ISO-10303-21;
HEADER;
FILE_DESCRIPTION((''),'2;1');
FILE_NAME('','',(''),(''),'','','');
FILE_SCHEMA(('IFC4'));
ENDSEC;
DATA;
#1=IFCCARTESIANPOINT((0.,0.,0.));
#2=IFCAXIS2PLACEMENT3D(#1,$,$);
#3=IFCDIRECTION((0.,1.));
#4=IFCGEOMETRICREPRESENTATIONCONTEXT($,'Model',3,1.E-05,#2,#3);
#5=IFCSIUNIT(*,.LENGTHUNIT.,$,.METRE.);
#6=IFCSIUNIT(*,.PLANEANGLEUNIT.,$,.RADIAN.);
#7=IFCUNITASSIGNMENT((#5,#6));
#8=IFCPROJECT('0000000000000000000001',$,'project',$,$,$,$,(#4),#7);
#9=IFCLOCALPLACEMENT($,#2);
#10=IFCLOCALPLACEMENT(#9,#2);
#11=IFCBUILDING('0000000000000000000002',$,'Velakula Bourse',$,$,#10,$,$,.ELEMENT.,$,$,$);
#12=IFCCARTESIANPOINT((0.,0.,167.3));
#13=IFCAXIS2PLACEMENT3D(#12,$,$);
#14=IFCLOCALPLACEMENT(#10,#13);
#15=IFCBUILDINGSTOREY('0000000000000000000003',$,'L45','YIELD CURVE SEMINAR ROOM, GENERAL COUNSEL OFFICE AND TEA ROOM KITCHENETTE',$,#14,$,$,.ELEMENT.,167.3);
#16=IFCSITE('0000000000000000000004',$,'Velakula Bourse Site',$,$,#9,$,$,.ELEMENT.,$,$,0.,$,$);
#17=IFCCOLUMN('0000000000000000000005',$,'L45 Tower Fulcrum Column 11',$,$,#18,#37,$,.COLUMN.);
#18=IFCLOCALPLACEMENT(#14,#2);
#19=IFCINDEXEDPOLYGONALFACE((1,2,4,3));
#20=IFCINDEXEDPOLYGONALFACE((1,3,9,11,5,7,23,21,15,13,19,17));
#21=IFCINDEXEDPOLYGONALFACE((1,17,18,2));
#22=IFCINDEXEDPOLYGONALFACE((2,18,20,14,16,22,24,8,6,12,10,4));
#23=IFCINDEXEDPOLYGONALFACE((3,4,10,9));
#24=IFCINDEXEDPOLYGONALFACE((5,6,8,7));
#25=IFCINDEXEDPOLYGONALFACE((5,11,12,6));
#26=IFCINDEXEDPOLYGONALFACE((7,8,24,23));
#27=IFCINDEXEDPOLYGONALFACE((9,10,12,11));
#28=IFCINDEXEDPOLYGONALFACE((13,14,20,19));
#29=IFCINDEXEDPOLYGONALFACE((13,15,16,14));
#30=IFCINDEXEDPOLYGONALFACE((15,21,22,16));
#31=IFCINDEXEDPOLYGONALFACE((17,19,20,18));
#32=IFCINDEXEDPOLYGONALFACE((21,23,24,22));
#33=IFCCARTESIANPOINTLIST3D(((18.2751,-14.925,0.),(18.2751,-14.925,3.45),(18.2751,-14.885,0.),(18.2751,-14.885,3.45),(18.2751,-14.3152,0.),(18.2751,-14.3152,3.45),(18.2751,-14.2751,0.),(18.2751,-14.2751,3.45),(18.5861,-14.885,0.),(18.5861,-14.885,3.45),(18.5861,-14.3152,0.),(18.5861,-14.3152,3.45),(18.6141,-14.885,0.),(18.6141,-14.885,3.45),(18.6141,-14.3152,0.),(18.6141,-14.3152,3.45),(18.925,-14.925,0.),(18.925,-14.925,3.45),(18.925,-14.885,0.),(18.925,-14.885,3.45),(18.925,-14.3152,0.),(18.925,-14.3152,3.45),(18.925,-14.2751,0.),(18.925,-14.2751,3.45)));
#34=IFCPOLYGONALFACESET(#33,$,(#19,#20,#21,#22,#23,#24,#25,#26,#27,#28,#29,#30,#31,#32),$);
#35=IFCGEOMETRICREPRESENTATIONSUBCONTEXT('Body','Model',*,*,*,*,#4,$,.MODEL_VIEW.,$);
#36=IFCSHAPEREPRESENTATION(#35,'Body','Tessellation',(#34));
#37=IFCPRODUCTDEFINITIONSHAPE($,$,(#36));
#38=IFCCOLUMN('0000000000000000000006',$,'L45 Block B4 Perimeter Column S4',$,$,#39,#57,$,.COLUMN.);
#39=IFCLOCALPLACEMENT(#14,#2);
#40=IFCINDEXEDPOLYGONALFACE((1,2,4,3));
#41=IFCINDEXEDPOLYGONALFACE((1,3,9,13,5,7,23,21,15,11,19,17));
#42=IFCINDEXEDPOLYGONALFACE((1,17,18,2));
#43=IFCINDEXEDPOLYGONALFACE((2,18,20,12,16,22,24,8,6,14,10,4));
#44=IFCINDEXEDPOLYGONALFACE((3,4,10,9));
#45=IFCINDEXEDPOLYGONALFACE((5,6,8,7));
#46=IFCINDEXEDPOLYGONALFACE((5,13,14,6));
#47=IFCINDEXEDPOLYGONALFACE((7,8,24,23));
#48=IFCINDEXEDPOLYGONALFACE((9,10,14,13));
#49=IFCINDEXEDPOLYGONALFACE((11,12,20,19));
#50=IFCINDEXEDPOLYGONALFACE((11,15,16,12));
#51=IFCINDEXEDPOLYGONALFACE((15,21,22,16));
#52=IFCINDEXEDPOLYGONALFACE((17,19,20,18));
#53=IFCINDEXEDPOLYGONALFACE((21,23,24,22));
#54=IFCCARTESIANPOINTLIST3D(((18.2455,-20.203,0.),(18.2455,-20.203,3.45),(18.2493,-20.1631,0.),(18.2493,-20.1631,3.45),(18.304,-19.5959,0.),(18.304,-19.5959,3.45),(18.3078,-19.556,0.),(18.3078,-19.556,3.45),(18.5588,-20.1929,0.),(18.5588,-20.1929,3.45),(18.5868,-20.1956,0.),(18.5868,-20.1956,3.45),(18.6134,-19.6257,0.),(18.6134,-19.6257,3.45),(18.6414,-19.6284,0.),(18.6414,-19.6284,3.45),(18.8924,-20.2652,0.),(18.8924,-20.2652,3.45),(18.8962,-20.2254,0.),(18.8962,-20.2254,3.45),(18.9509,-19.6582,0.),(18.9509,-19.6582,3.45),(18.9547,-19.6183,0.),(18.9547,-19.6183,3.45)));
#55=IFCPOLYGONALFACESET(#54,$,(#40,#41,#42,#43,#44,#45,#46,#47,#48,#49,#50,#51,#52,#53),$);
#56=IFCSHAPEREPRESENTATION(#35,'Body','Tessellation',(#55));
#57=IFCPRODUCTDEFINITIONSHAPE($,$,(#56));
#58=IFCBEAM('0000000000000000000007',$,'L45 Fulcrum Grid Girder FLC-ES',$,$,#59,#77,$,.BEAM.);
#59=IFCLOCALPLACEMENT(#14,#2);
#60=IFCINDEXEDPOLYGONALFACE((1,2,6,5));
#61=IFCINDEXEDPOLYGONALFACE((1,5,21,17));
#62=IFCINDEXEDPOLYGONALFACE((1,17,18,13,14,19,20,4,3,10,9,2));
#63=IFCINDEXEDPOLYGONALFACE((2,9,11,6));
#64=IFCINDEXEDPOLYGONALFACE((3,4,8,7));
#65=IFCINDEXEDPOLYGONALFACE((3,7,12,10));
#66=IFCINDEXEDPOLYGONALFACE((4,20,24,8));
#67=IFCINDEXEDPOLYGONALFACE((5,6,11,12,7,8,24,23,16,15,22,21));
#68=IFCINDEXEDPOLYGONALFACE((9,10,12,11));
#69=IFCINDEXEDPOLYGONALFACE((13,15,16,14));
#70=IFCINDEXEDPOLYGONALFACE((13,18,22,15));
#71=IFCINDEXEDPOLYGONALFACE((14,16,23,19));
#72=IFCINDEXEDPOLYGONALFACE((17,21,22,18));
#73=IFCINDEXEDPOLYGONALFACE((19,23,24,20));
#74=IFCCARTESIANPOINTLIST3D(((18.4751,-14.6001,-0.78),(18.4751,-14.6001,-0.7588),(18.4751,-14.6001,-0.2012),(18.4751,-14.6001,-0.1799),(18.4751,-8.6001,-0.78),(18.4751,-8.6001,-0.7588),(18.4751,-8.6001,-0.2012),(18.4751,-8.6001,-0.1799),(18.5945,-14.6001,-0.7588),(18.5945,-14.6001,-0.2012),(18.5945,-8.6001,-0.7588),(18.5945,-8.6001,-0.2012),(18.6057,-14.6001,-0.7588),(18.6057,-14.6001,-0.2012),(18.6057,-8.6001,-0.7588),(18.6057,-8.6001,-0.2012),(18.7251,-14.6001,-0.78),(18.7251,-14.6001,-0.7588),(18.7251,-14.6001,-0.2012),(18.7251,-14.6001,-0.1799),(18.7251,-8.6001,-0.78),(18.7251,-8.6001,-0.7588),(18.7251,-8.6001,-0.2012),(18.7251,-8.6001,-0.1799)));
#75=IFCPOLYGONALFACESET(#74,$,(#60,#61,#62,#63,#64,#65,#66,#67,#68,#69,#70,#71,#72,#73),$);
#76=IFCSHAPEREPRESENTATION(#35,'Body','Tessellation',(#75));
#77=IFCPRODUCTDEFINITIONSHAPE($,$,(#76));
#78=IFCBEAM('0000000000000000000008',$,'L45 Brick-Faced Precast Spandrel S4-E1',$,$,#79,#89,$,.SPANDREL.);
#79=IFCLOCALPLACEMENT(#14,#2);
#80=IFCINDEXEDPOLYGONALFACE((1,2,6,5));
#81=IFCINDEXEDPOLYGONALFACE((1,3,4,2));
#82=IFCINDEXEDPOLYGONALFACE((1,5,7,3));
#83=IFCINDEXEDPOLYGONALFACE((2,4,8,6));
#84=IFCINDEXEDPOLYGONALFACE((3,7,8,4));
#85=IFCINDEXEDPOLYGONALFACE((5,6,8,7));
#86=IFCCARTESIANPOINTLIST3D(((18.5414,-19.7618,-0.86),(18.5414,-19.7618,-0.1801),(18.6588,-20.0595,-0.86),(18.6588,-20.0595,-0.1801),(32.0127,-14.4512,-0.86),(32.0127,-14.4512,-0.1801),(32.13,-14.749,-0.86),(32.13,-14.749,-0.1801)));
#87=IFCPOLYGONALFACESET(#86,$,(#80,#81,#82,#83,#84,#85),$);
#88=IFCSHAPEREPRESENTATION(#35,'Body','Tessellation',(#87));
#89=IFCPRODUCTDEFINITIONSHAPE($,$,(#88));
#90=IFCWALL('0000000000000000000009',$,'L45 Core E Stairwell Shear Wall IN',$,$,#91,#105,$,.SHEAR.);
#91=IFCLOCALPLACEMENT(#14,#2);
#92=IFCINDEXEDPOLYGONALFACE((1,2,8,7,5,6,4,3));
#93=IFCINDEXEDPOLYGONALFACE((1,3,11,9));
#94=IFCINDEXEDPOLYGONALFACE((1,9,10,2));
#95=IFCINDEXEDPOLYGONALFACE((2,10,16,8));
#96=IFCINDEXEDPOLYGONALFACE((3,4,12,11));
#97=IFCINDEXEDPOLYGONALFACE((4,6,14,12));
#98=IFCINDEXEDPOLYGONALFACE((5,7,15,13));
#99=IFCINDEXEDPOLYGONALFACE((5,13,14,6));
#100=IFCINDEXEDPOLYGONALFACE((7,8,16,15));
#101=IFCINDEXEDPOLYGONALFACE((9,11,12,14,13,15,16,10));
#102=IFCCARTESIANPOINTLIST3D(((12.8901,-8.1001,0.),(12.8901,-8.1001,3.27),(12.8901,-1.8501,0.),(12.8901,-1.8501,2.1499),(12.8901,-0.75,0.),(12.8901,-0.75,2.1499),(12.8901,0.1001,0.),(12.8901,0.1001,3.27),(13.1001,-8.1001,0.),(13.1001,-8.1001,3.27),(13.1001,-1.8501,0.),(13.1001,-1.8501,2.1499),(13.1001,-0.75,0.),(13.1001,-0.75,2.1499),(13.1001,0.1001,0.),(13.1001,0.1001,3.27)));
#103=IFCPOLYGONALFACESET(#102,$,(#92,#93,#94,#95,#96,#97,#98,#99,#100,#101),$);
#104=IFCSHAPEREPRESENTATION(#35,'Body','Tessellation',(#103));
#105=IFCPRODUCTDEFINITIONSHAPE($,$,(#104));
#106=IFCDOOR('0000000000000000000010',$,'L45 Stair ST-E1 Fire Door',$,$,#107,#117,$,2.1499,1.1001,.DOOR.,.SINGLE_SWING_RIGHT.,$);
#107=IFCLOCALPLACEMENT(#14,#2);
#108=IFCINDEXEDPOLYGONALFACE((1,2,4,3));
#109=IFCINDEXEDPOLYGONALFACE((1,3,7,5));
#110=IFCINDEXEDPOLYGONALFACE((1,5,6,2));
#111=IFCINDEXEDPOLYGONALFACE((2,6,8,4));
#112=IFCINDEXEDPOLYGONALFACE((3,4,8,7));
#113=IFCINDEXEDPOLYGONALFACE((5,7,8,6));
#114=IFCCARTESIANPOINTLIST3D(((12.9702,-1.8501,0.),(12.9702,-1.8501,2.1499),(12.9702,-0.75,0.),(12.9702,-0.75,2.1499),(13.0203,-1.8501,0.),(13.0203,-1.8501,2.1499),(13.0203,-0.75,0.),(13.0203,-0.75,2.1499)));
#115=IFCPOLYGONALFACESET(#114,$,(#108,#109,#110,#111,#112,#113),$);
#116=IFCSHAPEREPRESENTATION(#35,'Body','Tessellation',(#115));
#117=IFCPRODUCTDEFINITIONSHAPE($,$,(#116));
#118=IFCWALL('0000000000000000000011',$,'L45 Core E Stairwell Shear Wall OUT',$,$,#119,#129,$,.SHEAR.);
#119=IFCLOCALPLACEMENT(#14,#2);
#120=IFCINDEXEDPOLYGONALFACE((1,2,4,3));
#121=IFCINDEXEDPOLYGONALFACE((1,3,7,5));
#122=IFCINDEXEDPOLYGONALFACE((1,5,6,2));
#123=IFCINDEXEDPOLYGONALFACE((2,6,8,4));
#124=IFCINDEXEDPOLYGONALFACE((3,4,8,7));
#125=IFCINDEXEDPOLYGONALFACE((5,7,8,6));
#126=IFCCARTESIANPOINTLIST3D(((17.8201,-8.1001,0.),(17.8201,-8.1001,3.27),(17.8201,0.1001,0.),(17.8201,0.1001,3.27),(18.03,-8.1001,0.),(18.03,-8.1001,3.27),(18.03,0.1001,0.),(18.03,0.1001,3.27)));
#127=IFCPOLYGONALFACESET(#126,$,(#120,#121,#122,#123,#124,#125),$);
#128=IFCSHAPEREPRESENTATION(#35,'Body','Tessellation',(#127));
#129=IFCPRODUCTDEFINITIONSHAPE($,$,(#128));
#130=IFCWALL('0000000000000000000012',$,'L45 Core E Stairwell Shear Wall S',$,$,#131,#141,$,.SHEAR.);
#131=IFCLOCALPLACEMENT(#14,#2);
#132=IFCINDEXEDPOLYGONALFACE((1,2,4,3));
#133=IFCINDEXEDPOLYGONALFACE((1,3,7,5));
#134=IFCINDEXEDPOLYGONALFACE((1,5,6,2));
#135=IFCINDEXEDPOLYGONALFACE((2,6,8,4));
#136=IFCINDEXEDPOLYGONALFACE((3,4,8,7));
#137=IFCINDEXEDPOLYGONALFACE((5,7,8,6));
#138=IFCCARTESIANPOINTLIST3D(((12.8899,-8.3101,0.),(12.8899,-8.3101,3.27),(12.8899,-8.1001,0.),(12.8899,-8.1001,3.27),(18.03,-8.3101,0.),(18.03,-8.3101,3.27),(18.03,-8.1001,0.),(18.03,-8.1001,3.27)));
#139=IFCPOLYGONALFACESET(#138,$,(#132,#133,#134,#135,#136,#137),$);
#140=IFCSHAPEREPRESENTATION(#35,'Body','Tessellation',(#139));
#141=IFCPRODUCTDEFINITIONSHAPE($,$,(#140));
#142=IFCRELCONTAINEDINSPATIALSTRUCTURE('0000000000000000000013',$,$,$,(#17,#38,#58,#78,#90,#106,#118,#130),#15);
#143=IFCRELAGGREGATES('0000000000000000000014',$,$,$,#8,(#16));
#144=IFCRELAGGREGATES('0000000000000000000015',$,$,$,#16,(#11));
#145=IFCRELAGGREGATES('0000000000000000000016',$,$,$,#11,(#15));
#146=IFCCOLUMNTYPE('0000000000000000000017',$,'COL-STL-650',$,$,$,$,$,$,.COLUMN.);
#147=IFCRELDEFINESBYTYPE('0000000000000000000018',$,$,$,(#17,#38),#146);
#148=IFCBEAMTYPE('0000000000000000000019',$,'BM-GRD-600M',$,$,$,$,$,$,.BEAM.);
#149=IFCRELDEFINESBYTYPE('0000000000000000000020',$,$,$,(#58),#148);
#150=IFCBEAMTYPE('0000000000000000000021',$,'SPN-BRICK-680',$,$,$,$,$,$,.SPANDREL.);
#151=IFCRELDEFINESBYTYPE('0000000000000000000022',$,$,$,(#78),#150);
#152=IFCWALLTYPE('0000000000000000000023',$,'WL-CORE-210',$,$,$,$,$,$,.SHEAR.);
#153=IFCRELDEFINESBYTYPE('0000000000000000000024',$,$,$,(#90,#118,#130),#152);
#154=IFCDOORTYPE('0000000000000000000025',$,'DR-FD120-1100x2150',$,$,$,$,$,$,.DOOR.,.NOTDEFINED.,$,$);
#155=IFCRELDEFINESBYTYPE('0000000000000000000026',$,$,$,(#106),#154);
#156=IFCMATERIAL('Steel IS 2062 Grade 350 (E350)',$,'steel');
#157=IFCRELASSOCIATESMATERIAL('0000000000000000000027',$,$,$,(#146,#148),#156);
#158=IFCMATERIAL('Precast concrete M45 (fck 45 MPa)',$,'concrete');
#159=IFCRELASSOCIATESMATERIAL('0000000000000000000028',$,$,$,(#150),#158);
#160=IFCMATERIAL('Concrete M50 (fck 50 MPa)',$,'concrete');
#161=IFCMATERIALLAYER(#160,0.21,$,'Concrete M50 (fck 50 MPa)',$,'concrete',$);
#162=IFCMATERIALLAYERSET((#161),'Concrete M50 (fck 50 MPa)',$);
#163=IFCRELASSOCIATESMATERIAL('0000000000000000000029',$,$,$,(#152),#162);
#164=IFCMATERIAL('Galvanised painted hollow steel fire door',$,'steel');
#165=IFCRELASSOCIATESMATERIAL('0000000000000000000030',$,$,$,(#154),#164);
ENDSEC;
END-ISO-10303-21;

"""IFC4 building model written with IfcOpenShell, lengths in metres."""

from ifc_helpers import new_model, si_unit, direction, frame, frame_2d, origin, origin_2d, place, context, subcontext, project, spatial, rectangle, i_section, extrude, material, layer, layer_set, material_profile, profile_set, type_object, element, fill, save


model = new_model("IFC4")

# Units and contexts
model_context = context("Model", 3, precision=1e-05, world=origin(), true_north=direction((0.0, 1.0)))
body_context = subcontext(model_context, "Body", "Model", "MODEL_VIEW")
ifc_project = project(units=[si_unit("LENGTHUNIT", "METRE"), si_unit("PLANEANGLEUNIT", "RADIAN")], contexts=[model_context])

# Site, building, storey
site_placement = place(None, origin())
site = spatial("IfcSite", under=ifc_project, at=site_placement, Name="Velakula Bourse Site", CompositionType="ELEMENT", RefElevation=0.0)
building_placement = place(site_placement, origin())
building = spatial("IfcBuilding", under=site, at=building_placement, Name="Velakula Bourse", CompositionType="ELEMENT")
storey_placement = place(building_placement, frame((0.0, 0.0, 167.3)))
storey = spatial("IfcBuildingStorey", under=building, at=storey_placement, Name="L45", Description="YIELD CURVE SEMINAR ROOM, GENERAL COUNSEL OFFICE AND TEA ROOM KITCHENETTE", CompositionType="ELEMENT", Elevation=167.3)

# Columns
ifc_material_1 = material(Name="Steel IS 2062 Grade 350 (E350)", Category="steel")
ifc_material_profile_1 = material_profile(ifc_material_1, i_section(OverallWidth=0.6499, OverallDepth=0.6499, WebThickness=0.0281, FlangeThickness=0.04, at=origin_2d()), Name="Steel IS 2062 Grade 350 (E350)")
ifc_profile_set_1 = profile_set([ifc_material_profile_1], Name="Steel IS 2062 Grade 350 (E350)")
column_type = type_object("IfcColumnType", Name="COL-STL-650", PredefinedType="COLUMN", material=ifc_profile_set_1)
for number, where, z_axis, x_axis, name in (
    (1, (18.6001, -14.6001, 0.0), (0.0, 0.0, 1.0), (1.0, 0.0, 0.0), "L45 Tower Fulcrum Column 11"),
    (2, (18.6001, -19.9106, 0.0), (0.0, 0.0, 1.0), (0.995396, -0.095846, 0.0), "L45 Block B4 Perimeter Column S4"),
):
    element("IfcColumn", number, at=place(storey_placement, frame(where, z_axis=z_axis, x_axis=x_axis)), inside=storey, type_object=column_type, Name=name, PredefinedType="COLUMN", context=body_context, shape_type="SweptSolid", body=[
        extrude(i_section(OverallWidth=0.6499, OverallDepth=0.6499, WebThickness=0.0281, FlangeThickness=0.04, at=origin_2d()), origin(), (0.0, 0.0, 1.0), 3.45),
    ])

# Beams
ifc_material_profile_2 = material_profile(ifc_material_1, i_section(OverallWidth=0.25, OverallDepth=0.6001, WebThickness=0.0112, FlangeThickness=0.0212, at=origin_2d()), Name="Steel IS 2062 Grade 350 (E350)")
ifc_profile_set_2 = profile_set([ifc_material_profile_2], Name="Steel IS 2062 Grade 350 (E350)")
beam_type_1 = type_object("IfcBeamType", Name="BM-GRD-600M", PredefinedType="BEAM", material=ifc_profile_set_2)
beam_1_placement = place(storey_placement, frame((18.6001, -14.6001, -0.48), z_axis=(0.0, 1.0, 0.0), x_axis=(-1.0, 0.0, 0.0)))
element("IfcBeam", 3, at=beam_1_placement, inside=storey, type_object=beam_type_1, Name="L45 Fulcrum Grid Girder FLC-ES", PredefinedType="BEAM", context=body_context, shape_type="SweptSolid", body=[
    extrude(i_section(OverallWidth=0.25, OverallDepth=0.6001, WebThickness=0.0112, FlangeThickness=0.0212, at=origin_2d()), origin(), (0.0, 0.0, 1.0), 6.0),
])
ifc_material_2 = material(Name="Precast concrete M45 (fck 45 MPa)", Category="concrete")
ifc_material_profile_3 = material_profile(ifc_material_2, rectangle(XDim=0.3201, YDim=0.6799, at=origin_2d()), Name="Precast concrete M45 (fck 45 MPa)")
ifc_profile_set_3 = profile_set([ifc_material_profile_3], Name="Precast concrete M45 (fck 45 MPa)")
beam_type_2 = type_object("IfcBeamType", Name="SPN-BRICK-680", PredefinedType="SPANDREL", material=ifc_profile_set_3)
beam_2_placement = place(storey_placement, frame((18.6001, -19.9106, -0.52), z_axis=(0.930321, 0.366747, 0.0), x_axis=(-0.366747, 0.930321, 0.0)))
element("IfcBeam", 4, at=beam_2_placement, inside=storey, type_object=beam_type_2, Name="L45 Brick-Faced Precast Spandrel S4-E1", PredefinedType="SPANDREL", context=body_context, shape_type="SweptSolid", body=[
    extrude(rectangle(XDim=0.3201, YDim=0.6799, at=origin_2d()), origin(), (0.0, 0.0, 1.0), 14.4802),
])

# Wall, opening, door
ifc_material_3 = material(Name="Concrete M50 (fck 50 MPa)", Category="concrete")
ifc_layer_1 = layer(ifc_material_3, 0.21, Name="Concrete M50 (fck 50 MPa)", Category="concrete")
ifc_layer_set_1 = layer_set([ifc_layer_1], Name="Concrete M50 (fck 50 MPa)")
wall_type_1 = type_object("IfcWallType", Name="WL-CORE-210", PredefinedType="SHEAR", material=ifc_layer_set_1)
wall_1_placement = place(storey_placement, frame((12.9951, -8.1001, 0.0), z_axis=(0.0, 0.0, 1.0), x_axis=(0.0, 1.0, 0.0)))
wall_1 = element("IfcWall", 5, at=wall_1_placement, inside=storey, type_object=wall_type_1, Name="L45 Core E Stairwell Shear Wall IN", PredefinedType="SHEAR", context=body_context, shape_type="SweptSolid", body=[
    extrude(rectangle(XDim=8.2002, YDim=0.21, at=frame_2d((4.1001, 0.0))), origin(), (0.0, 0.0, 1.0), 3.27),
])
opening_1_placement = place(wall_1_placement, frame((6.25, 0.0, 0.0)))
opening_1 = element("IfcOpeningElement", 6, at=opening_1_placement, cuts=wall_1, PredefinedType="OPENING", context=body_context, shape_type="SweptSolid", body=[
    extrude(rectangle(XDim=1.1001, YDim=2.1499, at=frame_2d((0.55, 1.075))), frame((0.0, 0.115, 0.0), z_axis=(0.0, -1.0, 0.0), x_axis=(1.0, 0.0, 0.0)), (0.0, 0.0, 1.0), 0.23),
])
ifc_material_4 = material(Name="Galvanised painted hollow steel fire door", Category="steel")
door_type = type_object("IfcDoorType", Name="DR-FD120-1100x2150", OperationType="NOTDEFINED", PredefinedType="DOOR", material=ifc_material_4)
door_placement = place(opening_1_placement, origin())
door = element("IfcDoor", 7, at=door_placement, inside=storey, type_object=door_type, Name="L45 Stair ST-E1 Fire Door", OperationType="SINGLE_SWING_RIGHT", OverallHeight=2.1499, OverallWidth=1.1001, PredefinedType="DOOR", context=body_context, shape_type="SweptSolid", body=[
    extrude(rectangle(XDim=1.1001, YDim=2.1499, at=frame_2d((0.55, 1.075))), frame((0.0, 0.0249, 0.0), z_axis=(0.0, -1.0, 0.0), x_axis=(1.0, 0.0, 0.0)), (0.0, 0.0, 1.0), 0.05),
])
fill(opening_1, door)

# Walls
wall_2_placement = place(storey_placement, frame((17.925, -8.1001, 0.0), z_axis=(0.0, 0.0, 1.0), x_axis=(0.0, 1.0, 0.0)))
element("IfcWall", 8, at=wall_2_placement, inside=storey, type_object=wall_type_1, Name="L45 Core E Stairwell Shear Wall OUT", PredefinedType="SHEAR", context=body_context, shape_type="SweptSolid", body=[
    extrude(rectangle(XDim=8.2002, YDim=0.21, at=frame_2d((4.1001, 0.0))), origin(), (0.0, 0.0, 1.0), 3.27),
])
wall_3_placement = place(storey_placement, frame((12.8899, -8.2051, 0.0), z_axis=(0.0, 0.0, 1.0), x_axis=(1.0, 0.0, 0.0)))
element("IfcWall", 9, at=wall_3_placement, inside=storey, type_object=wall_type_1, Name="L45 Core E Stairwell Shear Wall S", PredefinedType="SHEAR", context=body_context, shape_type="SweptSolid", body=[
    extrude(rectangle(XDim=5.1401, YDim=0.21, at=frame_2d((2.5701, 0.0))), origin(), (0.0, 0.0, 1.0), 3.27),
])

save(model, "model.ifc")
